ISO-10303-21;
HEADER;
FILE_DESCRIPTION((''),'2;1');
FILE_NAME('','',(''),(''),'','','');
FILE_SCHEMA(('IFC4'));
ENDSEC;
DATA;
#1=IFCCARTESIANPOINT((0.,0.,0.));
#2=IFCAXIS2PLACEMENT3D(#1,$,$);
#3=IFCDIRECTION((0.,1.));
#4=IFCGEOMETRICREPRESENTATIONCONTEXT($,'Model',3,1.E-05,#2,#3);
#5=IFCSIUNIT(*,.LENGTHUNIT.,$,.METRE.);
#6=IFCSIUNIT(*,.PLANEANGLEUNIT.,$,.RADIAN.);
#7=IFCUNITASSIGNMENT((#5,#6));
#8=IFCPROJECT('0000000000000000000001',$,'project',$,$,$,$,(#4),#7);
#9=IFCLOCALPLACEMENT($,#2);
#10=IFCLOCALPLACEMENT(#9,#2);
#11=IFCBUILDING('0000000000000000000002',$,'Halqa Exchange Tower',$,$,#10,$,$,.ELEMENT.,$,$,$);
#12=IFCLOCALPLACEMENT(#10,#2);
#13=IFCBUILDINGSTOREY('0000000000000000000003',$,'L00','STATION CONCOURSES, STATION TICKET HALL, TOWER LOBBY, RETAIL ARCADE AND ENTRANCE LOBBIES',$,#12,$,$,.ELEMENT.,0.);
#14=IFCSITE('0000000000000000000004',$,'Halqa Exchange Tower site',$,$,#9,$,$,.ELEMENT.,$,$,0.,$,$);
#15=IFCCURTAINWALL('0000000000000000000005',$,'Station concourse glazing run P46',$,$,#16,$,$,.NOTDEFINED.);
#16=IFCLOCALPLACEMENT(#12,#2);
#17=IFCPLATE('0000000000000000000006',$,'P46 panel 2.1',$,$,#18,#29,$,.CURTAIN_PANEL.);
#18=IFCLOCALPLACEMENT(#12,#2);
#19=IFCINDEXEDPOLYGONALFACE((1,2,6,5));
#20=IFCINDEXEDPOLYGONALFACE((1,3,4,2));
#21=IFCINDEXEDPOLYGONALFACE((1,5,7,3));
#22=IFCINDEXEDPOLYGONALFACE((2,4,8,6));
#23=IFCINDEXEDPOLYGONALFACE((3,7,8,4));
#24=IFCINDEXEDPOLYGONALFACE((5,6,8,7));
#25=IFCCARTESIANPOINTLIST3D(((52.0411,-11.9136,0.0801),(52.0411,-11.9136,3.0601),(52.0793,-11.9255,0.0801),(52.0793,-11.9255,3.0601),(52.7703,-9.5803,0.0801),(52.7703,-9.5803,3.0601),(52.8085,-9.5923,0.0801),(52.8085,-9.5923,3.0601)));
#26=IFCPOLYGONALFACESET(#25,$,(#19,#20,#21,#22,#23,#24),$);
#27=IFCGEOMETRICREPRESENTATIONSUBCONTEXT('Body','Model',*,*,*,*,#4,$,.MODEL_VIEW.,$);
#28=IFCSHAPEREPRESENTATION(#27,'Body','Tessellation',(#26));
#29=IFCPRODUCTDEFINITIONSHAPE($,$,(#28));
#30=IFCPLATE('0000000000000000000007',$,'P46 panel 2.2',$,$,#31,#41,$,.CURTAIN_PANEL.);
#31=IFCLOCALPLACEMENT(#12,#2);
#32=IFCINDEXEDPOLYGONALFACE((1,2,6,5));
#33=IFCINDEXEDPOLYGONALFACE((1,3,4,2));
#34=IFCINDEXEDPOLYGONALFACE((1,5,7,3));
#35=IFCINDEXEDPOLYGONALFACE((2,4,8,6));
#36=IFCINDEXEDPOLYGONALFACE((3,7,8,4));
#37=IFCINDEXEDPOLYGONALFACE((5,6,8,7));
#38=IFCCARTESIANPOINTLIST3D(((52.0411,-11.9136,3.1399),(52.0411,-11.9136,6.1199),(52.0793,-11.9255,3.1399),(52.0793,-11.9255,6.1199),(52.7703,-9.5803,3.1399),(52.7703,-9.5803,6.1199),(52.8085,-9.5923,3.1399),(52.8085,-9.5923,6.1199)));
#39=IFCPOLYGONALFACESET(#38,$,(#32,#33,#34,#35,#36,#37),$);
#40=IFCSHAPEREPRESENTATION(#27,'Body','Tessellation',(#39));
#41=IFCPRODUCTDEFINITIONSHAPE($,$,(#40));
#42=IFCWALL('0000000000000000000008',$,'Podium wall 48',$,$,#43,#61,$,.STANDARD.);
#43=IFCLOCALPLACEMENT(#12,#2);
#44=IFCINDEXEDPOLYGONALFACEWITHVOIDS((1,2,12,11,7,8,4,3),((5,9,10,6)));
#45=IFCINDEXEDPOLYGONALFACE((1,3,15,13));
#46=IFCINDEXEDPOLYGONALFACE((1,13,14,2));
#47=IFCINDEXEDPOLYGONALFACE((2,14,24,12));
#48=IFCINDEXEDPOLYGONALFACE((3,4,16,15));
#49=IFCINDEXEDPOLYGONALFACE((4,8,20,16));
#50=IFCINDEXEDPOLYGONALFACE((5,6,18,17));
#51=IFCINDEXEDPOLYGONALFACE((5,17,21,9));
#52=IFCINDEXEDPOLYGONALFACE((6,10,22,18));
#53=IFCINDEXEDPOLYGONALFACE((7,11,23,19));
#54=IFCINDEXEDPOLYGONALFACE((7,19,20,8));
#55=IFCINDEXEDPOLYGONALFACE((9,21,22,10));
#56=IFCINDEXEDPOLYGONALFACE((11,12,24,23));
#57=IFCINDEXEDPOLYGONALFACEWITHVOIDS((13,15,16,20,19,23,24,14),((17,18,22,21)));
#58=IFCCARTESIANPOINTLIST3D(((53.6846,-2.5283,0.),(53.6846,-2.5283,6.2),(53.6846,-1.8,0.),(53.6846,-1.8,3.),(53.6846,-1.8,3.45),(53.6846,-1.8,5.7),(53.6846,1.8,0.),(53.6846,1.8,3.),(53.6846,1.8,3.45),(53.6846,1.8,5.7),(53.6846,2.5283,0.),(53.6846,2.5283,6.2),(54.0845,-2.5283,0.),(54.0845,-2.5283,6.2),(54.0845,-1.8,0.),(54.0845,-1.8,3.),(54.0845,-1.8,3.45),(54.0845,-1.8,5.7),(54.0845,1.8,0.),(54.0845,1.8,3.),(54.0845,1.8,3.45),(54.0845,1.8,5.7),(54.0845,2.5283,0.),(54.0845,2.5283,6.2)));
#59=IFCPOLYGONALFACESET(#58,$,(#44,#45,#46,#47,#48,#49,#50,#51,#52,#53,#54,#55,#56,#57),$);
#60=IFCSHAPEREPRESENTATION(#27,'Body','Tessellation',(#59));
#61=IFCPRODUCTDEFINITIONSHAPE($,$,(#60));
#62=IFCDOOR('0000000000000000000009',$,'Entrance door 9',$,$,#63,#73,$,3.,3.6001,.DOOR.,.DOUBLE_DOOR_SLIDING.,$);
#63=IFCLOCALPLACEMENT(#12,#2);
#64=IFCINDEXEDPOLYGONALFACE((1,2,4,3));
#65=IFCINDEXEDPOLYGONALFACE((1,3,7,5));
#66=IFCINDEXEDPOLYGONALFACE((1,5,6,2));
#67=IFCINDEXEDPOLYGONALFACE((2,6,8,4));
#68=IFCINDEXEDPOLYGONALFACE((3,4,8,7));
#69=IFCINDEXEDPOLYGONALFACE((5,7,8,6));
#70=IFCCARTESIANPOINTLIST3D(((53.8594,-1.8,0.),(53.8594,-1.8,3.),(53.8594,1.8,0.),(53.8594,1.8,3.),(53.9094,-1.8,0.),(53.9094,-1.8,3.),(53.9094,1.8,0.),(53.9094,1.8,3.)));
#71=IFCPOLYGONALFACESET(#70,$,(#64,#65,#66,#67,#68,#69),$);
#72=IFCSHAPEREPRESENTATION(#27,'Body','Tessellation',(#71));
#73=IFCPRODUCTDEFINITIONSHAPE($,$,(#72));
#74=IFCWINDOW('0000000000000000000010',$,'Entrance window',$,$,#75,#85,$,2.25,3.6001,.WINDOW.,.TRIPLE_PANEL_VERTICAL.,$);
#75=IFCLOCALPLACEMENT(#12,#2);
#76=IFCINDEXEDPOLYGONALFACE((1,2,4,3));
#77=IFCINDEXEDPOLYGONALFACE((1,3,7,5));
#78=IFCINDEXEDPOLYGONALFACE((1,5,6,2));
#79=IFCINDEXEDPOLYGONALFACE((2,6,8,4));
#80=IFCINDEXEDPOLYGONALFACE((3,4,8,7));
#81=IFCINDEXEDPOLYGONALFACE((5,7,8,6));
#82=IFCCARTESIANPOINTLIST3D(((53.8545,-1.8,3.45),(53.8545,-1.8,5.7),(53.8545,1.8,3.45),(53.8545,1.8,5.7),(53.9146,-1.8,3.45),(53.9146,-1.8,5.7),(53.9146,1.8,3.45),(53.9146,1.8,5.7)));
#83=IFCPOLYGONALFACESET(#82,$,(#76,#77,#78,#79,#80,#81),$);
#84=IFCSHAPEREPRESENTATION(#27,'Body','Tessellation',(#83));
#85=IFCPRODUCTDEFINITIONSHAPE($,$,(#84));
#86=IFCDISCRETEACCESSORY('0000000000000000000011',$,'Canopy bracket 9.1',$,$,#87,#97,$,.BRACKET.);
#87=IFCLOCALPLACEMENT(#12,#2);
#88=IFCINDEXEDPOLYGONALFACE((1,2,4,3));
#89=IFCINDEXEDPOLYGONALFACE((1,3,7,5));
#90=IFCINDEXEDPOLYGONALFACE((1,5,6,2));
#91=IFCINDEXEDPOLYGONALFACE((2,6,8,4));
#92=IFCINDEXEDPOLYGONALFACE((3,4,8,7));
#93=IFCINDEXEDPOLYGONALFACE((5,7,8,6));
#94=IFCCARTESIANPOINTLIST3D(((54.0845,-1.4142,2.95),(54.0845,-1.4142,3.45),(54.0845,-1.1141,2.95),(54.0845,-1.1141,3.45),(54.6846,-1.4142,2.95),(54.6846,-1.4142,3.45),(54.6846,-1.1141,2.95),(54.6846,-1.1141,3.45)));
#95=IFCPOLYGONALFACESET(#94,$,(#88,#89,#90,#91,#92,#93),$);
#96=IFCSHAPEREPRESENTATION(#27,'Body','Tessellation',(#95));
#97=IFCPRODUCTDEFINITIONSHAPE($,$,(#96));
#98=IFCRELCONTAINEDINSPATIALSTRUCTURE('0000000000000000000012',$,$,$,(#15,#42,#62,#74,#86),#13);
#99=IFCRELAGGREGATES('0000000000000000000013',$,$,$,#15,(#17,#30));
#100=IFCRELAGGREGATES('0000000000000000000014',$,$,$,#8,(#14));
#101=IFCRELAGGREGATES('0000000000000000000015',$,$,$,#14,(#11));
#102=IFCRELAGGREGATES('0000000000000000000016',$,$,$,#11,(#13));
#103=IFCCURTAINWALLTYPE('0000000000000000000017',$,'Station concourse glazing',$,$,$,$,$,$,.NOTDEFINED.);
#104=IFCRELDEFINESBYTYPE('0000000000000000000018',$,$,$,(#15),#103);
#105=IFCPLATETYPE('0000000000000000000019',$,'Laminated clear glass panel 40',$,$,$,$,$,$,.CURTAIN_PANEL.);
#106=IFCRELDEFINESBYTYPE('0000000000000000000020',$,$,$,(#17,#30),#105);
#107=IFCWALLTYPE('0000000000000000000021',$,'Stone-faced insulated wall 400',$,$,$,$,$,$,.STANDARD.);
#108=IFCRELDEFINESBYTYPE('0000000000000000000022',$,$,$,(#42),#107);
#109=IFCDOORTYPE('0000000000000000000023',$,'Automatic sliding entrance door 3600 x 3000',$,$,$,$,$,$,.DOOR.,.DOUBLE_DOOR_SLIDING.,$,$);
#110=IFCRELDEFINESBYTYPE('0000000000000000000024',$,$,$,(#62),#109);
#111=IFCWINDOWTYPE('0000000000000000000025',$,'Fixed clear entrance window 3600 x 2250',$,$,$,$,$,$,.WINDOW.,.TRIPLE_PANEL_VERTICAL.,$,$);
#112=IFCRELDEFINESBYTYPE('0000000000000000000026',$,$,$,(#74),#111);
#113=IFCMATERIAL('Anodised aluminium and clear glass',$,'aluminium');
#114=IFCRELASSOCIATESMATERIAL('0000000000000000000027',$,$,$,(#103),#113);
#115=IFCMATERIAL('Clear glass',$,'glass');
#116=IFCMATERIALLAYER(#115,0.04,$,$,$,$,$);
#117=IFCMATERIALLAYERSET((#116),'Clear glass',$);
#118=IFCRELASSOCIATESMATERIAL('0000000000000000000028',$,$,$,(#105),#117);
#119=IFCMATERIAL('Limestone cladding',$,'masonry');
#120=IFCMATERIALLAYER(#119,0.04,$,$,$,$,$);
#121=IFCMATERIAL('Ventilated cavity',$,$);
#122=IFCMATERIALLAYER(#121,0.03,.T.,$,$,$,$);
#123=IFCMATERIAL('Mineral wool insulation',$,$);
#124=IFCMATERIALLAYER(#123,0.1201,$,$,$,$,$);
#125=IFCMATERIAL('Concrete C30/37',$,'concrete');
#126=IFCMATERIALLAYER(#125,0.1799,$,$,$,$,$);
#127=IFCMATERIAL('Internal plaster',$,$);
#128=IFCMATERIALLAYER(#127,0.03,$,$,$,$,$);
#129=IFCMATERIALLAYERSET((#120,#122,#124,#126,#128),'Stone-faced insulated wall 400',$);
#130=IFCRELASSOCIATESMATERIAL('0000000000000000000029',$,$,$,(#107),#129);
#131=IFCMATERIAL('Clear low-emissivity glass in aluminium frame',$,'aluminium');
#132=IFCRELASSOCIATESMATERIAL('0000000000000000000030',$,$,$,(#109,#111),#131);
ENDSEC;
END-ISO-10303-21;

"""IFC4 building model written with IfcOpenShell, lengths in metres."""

from ifc_helpers import new_model, si_unit, direction, frame, frame_2d, origin, origin_2d, place, context, subcontext, project, spatial, rectangle, extrude, material, layer, layer_set, type_object, element, fill, aggregate, save


model = new_model("IFC4")

# Units and contexts
model_context = context("Model", 3, precision=1e-05, world=origin(), true_north=direction((0.0, 1.0)))
body_context = subcontext(model_context, "Body", "Model", "MODEL_VIEW")
ifc_project = project(units=[si_unit("LENGTHUNIT", "METRE"), si_unit("PLANEANGLEUNIT", "RADIAN")], contexts=[model_context])

# Site, building, storey
site_placement = place(None, origin())
site = spatial("IfcSite", under=ifc_project, at=site_placement, Name="Halqa Exchange Tower site", CompositionType="ELEMENT", RefElevation=0.0)
building_placement = place(site_placement, origin())
building = spatial("IfcBuilding", under=site, at=building_placement, Name="Halqa Exchange Tower", CompositionType="ELEMENT")
storey_placement = place(building_placement, origin())
storey = spatial("IfcBuildingStorey", under=building, at=storey_placement, Name="L00", Description="STATION CONCOURSES, STATION TICKET HALL, TOWER LOBBY, RETAIL ARCADE AND ENTRANCE LOBBIES", CompositionType="ELEMENT", Elevation=0.0)

# Curtain wall
ifc_material_1 = material(Name="Anodised aluminium and clear glass", Category="aluminium")
curtain_wall_type = type_object("IfcCurtainWallType", Name="Station concourse glazing", PredefinedType="NOTDEFINED", material=ifc_material_1)
curtain_wall_1_placement = place(storey_placement, origin())
curtain_wall_1 = element("IfcCurtainWall", 1, at=curtain_wall_1_placement, inside=storey, type_object=curtain_wall_type, Name="Station concourse glazing run P46", PredefinedType="NOTDEFINED")

# Plates
ifc_material_2 = material(Name="Clear glass", Category="glass")
ifc_layer_1 = layer(ifc_material_2, 0.04)
ifc_layer_set_1 = layer_set([ifc_layer_1], Name="Clear glass")
plate_type = type_object("IfcPlateType", Name="Laminated clear glass panel 40", PredefinedType="CURTAIN_PANEL", material=ifc_layer_set_1)
plate_1_placement = place(storey_placement, frame((52.4248, -10.7529, 0.0801), z_axis=(0.0, 0.0, 1.0), x_axis=(0.298303, 0.954471, 0.0)))
plate_1 = element("IfcPlate", 2, at=plate_1_placement, type_object=plate_type, Name="P46 panel 2.1", PredefinedType="CURTAIN_PANEL", context=body_context, shape_type="SweptSolid", body=[
    extrude(rectangle(XDim=2.4446, YDim=0.04, at=origin_2d()), origin(), (0.0, 0.0, 1.0), 2.98),
])
plate_2_placement = place(storey_placement, frame((52.4248, -10.7529, 3.1399), z_axis=(0.0, 0.0, 1.0), x_axis=(0.298303, 0.954471, 0.0)))
plate_2 = element("IfcPlate", 3, at=plate_2_placement, type_object=plate_type, Name="P46 panel 2.2", PredefinedType="CURTAIN_PANEL", context=body_context, shape_type="SweptSolid", body=[
    extrude(rectangle(XDim=2.4446, YDim=0.04, at=origin_2d()), origin(), (0.0, 0.0, 1.0), 2.98),
])
aggregate(curtain_wall_1, [plate_1, plate_2])

# Shared definitions
ifc_material_3 = material(Name="Limestone cladding", Category="masonry")
ifc_layer_2 = layer(ifc_material_3, 0.04)
ifc_material_4 = material(Name="Ventilated cavity")
ifc_layer_3 = layer(ifc_material_4, 0.03, ventilated=True)
ifc_material_5 = material(Name="Mineral wool insulation")
ifc_layer_4 = layer(ifc_material_5, 0.1201)
ifc_material_6 = material(Name="Concrete C30/37", Category="concrete")
ifc_layer_5 = layer(ifc_material_6, 0.1799)
ifc_material_7 = material(Name="Internal plaster")
ifc_layer_6 = layer(ifc_material_7, 0.03)
ifc_layer_set_2 = layer_set([ifc_layer_2, ifc_layer_3, ifc_layer_4, ifc_layer_5, ifc_layer_6], Name="Stone-faced insulated wall 400")
wall_type = type_object("IfcWallType", Name="Stone-faced insulated wall 400", PredefinedType="STANDARD", material=ifc_layer_set_2)
ifc_material_8 = material(Name="Clear low-emissivity glass in aluminium frame", Category="aluminium")

# Wall, openings, door, window
wall_1_placement = place(storey_placement, frame((53.8845, -2.5283, 0.0), z_axis=(0.0, 0.0, 1.0), x_axis=(0.0, 1.0, 0.0)))
wall_1 = element("IfcWall", 4, at=wall_1_placement, inside=storey, type_object=wall_type, Name="Podium wall 48", PredefinedType="STANDARD", context=body_context, shape_type="SweptSolid", body=[
    extrude(rectangle(XDim=5.0566, YDim=0.3999, at=frame_2d((2.5283, 0.0))), origin(), (0.0, 0.0, 1.0), 6.2),
])
opening_1_placement = place(wall_1_placement, frame((0.7283, 0.0, 0.0)))
opening_1 = element("IfcOpeningElement", 5, at=opening_1_placement, cuts=wall_1, PredefinedType="OPENING", context=body_context, shape_type="SweptSolid", body=[
    extrude(rectangle(XDim=3.6001, YDim=3.0, at=frame_2d((1.8, 1.5))), frame((0.0, 0.2119, 0.0), z_axis=(0.0, -1.0, 0.0), x_axis=(1.0, 0.0, 0.0)), (0.0, 0.0, 1.0), 0.4238),
])
opening_2_placement = place(wall_1_placement, frame((0.7283, 0.0, 3.45)))
opening_2 = element("IfcOpeningElement", 6, at=opening_2_placement, cuts=wall_1, PredefinedType="OPENING", context=body_context, shape_type="SweptSolid", body=[
    extrude(rectangle(XDim=3.6001, YDim=2.25, at=frame_2d((1.8, 1.125))), frame((0.0, 0.2119, 0.0), z_axis=(0.0, -1.0, 0.0), x_axis=(1.0, 0.0, 0.0)), (0.0, 0.0, 1.0), 0.4238),
])
door_type_1 = type_object("IfcDoorType", Name="Automatic sliding entrance door 3600 x 3000", OperationType="DOUBLE_DOOR_SLIDING", PredefinedType="DOOR", material=ifc_material_8)
door_1_placement = place(opening_1_placement, frame((3.6001, 0.0, 0.0), z_axis=(0.0, 0.0, 1.0), x_axis=(-1.0, 0.0, 0.0)))
door_1 = element("IfcDoor", 7, at=door_1_placement, inside=storey, type_object=door_type_1, Name="Entrance door 9", OperationType="DOUBLE_DOOR_SLIDING", OverallHeight=3.0, OverallWidth=3.6001, PredefinedType="DOOR", context=body_context, shape_type="SweptSolid", body=[
    extrude(rectangle(XDim=3.6001, YDim=3.0, at=frame_2d((1.8, 1.5))), frame((0.0, 0.0249, 0.0), z_axis=(0.0, -1.0, 0.0), x_axis=(1.0, 0.0, 0.0)), (0.0, 0.0, 1.0), 0.05),
])
fill(opening_1, door_1)
window_type = type_object("IfcWindowType", Name="Fixed clear entrance window 3600 x 2250", PartitioningType="TRIPLE_PANEL_VERTICAL", PredefinedType="WINDOW", material=ifc_material_8)
window_placement = place(opening_2_placement, origin())
window = element("IfcWindow", 8, at=window_placement, inside=storey, type_object=window_type, Name="Entrance window", OverallHeight=2.25, OverallWidth=3.6001, PartitioningType="TRIPLE_PANEL_VERTICAL", PredefinedType="WINDOW", context=body_context, shape_type="SweptSolid", body=[
    extrude(rectangle(XDim=3.6001, YDim=2.25, at=frame_2d((1.8, 1.125))), frame((0.0, 0.03, 0.0), z_axis=(0.0, -1.0, 0.0), x_axis=(1.0, 0.0, 0.0)), (0.0, 0.0, 1.0), 0.0601),
])
fill(opening_2, window)

# Discrete accessory
discrete_accessory_placement = place(storey_placement, frame((54.3845, -1.2642, 2.95), z_axis=(0.0, 0.0, 1.0), x_axis=(0.0, 1.0, 0.0)))
element("IfcDiscreteAccessory", 9, at=discrete_accessory_placement, inside=storey, Name="Canopy bracket 9.1", PredefinedType="BRACKET", context=body_context, shape_type="SweptSolid", body=[
    extrude(rectangle(XDim=0.3, YDim=0.6001, at=origin_2d()), origin(), (0.0, 0.0, 1.0), 0.5),
])

save(model, "model.ifc")
